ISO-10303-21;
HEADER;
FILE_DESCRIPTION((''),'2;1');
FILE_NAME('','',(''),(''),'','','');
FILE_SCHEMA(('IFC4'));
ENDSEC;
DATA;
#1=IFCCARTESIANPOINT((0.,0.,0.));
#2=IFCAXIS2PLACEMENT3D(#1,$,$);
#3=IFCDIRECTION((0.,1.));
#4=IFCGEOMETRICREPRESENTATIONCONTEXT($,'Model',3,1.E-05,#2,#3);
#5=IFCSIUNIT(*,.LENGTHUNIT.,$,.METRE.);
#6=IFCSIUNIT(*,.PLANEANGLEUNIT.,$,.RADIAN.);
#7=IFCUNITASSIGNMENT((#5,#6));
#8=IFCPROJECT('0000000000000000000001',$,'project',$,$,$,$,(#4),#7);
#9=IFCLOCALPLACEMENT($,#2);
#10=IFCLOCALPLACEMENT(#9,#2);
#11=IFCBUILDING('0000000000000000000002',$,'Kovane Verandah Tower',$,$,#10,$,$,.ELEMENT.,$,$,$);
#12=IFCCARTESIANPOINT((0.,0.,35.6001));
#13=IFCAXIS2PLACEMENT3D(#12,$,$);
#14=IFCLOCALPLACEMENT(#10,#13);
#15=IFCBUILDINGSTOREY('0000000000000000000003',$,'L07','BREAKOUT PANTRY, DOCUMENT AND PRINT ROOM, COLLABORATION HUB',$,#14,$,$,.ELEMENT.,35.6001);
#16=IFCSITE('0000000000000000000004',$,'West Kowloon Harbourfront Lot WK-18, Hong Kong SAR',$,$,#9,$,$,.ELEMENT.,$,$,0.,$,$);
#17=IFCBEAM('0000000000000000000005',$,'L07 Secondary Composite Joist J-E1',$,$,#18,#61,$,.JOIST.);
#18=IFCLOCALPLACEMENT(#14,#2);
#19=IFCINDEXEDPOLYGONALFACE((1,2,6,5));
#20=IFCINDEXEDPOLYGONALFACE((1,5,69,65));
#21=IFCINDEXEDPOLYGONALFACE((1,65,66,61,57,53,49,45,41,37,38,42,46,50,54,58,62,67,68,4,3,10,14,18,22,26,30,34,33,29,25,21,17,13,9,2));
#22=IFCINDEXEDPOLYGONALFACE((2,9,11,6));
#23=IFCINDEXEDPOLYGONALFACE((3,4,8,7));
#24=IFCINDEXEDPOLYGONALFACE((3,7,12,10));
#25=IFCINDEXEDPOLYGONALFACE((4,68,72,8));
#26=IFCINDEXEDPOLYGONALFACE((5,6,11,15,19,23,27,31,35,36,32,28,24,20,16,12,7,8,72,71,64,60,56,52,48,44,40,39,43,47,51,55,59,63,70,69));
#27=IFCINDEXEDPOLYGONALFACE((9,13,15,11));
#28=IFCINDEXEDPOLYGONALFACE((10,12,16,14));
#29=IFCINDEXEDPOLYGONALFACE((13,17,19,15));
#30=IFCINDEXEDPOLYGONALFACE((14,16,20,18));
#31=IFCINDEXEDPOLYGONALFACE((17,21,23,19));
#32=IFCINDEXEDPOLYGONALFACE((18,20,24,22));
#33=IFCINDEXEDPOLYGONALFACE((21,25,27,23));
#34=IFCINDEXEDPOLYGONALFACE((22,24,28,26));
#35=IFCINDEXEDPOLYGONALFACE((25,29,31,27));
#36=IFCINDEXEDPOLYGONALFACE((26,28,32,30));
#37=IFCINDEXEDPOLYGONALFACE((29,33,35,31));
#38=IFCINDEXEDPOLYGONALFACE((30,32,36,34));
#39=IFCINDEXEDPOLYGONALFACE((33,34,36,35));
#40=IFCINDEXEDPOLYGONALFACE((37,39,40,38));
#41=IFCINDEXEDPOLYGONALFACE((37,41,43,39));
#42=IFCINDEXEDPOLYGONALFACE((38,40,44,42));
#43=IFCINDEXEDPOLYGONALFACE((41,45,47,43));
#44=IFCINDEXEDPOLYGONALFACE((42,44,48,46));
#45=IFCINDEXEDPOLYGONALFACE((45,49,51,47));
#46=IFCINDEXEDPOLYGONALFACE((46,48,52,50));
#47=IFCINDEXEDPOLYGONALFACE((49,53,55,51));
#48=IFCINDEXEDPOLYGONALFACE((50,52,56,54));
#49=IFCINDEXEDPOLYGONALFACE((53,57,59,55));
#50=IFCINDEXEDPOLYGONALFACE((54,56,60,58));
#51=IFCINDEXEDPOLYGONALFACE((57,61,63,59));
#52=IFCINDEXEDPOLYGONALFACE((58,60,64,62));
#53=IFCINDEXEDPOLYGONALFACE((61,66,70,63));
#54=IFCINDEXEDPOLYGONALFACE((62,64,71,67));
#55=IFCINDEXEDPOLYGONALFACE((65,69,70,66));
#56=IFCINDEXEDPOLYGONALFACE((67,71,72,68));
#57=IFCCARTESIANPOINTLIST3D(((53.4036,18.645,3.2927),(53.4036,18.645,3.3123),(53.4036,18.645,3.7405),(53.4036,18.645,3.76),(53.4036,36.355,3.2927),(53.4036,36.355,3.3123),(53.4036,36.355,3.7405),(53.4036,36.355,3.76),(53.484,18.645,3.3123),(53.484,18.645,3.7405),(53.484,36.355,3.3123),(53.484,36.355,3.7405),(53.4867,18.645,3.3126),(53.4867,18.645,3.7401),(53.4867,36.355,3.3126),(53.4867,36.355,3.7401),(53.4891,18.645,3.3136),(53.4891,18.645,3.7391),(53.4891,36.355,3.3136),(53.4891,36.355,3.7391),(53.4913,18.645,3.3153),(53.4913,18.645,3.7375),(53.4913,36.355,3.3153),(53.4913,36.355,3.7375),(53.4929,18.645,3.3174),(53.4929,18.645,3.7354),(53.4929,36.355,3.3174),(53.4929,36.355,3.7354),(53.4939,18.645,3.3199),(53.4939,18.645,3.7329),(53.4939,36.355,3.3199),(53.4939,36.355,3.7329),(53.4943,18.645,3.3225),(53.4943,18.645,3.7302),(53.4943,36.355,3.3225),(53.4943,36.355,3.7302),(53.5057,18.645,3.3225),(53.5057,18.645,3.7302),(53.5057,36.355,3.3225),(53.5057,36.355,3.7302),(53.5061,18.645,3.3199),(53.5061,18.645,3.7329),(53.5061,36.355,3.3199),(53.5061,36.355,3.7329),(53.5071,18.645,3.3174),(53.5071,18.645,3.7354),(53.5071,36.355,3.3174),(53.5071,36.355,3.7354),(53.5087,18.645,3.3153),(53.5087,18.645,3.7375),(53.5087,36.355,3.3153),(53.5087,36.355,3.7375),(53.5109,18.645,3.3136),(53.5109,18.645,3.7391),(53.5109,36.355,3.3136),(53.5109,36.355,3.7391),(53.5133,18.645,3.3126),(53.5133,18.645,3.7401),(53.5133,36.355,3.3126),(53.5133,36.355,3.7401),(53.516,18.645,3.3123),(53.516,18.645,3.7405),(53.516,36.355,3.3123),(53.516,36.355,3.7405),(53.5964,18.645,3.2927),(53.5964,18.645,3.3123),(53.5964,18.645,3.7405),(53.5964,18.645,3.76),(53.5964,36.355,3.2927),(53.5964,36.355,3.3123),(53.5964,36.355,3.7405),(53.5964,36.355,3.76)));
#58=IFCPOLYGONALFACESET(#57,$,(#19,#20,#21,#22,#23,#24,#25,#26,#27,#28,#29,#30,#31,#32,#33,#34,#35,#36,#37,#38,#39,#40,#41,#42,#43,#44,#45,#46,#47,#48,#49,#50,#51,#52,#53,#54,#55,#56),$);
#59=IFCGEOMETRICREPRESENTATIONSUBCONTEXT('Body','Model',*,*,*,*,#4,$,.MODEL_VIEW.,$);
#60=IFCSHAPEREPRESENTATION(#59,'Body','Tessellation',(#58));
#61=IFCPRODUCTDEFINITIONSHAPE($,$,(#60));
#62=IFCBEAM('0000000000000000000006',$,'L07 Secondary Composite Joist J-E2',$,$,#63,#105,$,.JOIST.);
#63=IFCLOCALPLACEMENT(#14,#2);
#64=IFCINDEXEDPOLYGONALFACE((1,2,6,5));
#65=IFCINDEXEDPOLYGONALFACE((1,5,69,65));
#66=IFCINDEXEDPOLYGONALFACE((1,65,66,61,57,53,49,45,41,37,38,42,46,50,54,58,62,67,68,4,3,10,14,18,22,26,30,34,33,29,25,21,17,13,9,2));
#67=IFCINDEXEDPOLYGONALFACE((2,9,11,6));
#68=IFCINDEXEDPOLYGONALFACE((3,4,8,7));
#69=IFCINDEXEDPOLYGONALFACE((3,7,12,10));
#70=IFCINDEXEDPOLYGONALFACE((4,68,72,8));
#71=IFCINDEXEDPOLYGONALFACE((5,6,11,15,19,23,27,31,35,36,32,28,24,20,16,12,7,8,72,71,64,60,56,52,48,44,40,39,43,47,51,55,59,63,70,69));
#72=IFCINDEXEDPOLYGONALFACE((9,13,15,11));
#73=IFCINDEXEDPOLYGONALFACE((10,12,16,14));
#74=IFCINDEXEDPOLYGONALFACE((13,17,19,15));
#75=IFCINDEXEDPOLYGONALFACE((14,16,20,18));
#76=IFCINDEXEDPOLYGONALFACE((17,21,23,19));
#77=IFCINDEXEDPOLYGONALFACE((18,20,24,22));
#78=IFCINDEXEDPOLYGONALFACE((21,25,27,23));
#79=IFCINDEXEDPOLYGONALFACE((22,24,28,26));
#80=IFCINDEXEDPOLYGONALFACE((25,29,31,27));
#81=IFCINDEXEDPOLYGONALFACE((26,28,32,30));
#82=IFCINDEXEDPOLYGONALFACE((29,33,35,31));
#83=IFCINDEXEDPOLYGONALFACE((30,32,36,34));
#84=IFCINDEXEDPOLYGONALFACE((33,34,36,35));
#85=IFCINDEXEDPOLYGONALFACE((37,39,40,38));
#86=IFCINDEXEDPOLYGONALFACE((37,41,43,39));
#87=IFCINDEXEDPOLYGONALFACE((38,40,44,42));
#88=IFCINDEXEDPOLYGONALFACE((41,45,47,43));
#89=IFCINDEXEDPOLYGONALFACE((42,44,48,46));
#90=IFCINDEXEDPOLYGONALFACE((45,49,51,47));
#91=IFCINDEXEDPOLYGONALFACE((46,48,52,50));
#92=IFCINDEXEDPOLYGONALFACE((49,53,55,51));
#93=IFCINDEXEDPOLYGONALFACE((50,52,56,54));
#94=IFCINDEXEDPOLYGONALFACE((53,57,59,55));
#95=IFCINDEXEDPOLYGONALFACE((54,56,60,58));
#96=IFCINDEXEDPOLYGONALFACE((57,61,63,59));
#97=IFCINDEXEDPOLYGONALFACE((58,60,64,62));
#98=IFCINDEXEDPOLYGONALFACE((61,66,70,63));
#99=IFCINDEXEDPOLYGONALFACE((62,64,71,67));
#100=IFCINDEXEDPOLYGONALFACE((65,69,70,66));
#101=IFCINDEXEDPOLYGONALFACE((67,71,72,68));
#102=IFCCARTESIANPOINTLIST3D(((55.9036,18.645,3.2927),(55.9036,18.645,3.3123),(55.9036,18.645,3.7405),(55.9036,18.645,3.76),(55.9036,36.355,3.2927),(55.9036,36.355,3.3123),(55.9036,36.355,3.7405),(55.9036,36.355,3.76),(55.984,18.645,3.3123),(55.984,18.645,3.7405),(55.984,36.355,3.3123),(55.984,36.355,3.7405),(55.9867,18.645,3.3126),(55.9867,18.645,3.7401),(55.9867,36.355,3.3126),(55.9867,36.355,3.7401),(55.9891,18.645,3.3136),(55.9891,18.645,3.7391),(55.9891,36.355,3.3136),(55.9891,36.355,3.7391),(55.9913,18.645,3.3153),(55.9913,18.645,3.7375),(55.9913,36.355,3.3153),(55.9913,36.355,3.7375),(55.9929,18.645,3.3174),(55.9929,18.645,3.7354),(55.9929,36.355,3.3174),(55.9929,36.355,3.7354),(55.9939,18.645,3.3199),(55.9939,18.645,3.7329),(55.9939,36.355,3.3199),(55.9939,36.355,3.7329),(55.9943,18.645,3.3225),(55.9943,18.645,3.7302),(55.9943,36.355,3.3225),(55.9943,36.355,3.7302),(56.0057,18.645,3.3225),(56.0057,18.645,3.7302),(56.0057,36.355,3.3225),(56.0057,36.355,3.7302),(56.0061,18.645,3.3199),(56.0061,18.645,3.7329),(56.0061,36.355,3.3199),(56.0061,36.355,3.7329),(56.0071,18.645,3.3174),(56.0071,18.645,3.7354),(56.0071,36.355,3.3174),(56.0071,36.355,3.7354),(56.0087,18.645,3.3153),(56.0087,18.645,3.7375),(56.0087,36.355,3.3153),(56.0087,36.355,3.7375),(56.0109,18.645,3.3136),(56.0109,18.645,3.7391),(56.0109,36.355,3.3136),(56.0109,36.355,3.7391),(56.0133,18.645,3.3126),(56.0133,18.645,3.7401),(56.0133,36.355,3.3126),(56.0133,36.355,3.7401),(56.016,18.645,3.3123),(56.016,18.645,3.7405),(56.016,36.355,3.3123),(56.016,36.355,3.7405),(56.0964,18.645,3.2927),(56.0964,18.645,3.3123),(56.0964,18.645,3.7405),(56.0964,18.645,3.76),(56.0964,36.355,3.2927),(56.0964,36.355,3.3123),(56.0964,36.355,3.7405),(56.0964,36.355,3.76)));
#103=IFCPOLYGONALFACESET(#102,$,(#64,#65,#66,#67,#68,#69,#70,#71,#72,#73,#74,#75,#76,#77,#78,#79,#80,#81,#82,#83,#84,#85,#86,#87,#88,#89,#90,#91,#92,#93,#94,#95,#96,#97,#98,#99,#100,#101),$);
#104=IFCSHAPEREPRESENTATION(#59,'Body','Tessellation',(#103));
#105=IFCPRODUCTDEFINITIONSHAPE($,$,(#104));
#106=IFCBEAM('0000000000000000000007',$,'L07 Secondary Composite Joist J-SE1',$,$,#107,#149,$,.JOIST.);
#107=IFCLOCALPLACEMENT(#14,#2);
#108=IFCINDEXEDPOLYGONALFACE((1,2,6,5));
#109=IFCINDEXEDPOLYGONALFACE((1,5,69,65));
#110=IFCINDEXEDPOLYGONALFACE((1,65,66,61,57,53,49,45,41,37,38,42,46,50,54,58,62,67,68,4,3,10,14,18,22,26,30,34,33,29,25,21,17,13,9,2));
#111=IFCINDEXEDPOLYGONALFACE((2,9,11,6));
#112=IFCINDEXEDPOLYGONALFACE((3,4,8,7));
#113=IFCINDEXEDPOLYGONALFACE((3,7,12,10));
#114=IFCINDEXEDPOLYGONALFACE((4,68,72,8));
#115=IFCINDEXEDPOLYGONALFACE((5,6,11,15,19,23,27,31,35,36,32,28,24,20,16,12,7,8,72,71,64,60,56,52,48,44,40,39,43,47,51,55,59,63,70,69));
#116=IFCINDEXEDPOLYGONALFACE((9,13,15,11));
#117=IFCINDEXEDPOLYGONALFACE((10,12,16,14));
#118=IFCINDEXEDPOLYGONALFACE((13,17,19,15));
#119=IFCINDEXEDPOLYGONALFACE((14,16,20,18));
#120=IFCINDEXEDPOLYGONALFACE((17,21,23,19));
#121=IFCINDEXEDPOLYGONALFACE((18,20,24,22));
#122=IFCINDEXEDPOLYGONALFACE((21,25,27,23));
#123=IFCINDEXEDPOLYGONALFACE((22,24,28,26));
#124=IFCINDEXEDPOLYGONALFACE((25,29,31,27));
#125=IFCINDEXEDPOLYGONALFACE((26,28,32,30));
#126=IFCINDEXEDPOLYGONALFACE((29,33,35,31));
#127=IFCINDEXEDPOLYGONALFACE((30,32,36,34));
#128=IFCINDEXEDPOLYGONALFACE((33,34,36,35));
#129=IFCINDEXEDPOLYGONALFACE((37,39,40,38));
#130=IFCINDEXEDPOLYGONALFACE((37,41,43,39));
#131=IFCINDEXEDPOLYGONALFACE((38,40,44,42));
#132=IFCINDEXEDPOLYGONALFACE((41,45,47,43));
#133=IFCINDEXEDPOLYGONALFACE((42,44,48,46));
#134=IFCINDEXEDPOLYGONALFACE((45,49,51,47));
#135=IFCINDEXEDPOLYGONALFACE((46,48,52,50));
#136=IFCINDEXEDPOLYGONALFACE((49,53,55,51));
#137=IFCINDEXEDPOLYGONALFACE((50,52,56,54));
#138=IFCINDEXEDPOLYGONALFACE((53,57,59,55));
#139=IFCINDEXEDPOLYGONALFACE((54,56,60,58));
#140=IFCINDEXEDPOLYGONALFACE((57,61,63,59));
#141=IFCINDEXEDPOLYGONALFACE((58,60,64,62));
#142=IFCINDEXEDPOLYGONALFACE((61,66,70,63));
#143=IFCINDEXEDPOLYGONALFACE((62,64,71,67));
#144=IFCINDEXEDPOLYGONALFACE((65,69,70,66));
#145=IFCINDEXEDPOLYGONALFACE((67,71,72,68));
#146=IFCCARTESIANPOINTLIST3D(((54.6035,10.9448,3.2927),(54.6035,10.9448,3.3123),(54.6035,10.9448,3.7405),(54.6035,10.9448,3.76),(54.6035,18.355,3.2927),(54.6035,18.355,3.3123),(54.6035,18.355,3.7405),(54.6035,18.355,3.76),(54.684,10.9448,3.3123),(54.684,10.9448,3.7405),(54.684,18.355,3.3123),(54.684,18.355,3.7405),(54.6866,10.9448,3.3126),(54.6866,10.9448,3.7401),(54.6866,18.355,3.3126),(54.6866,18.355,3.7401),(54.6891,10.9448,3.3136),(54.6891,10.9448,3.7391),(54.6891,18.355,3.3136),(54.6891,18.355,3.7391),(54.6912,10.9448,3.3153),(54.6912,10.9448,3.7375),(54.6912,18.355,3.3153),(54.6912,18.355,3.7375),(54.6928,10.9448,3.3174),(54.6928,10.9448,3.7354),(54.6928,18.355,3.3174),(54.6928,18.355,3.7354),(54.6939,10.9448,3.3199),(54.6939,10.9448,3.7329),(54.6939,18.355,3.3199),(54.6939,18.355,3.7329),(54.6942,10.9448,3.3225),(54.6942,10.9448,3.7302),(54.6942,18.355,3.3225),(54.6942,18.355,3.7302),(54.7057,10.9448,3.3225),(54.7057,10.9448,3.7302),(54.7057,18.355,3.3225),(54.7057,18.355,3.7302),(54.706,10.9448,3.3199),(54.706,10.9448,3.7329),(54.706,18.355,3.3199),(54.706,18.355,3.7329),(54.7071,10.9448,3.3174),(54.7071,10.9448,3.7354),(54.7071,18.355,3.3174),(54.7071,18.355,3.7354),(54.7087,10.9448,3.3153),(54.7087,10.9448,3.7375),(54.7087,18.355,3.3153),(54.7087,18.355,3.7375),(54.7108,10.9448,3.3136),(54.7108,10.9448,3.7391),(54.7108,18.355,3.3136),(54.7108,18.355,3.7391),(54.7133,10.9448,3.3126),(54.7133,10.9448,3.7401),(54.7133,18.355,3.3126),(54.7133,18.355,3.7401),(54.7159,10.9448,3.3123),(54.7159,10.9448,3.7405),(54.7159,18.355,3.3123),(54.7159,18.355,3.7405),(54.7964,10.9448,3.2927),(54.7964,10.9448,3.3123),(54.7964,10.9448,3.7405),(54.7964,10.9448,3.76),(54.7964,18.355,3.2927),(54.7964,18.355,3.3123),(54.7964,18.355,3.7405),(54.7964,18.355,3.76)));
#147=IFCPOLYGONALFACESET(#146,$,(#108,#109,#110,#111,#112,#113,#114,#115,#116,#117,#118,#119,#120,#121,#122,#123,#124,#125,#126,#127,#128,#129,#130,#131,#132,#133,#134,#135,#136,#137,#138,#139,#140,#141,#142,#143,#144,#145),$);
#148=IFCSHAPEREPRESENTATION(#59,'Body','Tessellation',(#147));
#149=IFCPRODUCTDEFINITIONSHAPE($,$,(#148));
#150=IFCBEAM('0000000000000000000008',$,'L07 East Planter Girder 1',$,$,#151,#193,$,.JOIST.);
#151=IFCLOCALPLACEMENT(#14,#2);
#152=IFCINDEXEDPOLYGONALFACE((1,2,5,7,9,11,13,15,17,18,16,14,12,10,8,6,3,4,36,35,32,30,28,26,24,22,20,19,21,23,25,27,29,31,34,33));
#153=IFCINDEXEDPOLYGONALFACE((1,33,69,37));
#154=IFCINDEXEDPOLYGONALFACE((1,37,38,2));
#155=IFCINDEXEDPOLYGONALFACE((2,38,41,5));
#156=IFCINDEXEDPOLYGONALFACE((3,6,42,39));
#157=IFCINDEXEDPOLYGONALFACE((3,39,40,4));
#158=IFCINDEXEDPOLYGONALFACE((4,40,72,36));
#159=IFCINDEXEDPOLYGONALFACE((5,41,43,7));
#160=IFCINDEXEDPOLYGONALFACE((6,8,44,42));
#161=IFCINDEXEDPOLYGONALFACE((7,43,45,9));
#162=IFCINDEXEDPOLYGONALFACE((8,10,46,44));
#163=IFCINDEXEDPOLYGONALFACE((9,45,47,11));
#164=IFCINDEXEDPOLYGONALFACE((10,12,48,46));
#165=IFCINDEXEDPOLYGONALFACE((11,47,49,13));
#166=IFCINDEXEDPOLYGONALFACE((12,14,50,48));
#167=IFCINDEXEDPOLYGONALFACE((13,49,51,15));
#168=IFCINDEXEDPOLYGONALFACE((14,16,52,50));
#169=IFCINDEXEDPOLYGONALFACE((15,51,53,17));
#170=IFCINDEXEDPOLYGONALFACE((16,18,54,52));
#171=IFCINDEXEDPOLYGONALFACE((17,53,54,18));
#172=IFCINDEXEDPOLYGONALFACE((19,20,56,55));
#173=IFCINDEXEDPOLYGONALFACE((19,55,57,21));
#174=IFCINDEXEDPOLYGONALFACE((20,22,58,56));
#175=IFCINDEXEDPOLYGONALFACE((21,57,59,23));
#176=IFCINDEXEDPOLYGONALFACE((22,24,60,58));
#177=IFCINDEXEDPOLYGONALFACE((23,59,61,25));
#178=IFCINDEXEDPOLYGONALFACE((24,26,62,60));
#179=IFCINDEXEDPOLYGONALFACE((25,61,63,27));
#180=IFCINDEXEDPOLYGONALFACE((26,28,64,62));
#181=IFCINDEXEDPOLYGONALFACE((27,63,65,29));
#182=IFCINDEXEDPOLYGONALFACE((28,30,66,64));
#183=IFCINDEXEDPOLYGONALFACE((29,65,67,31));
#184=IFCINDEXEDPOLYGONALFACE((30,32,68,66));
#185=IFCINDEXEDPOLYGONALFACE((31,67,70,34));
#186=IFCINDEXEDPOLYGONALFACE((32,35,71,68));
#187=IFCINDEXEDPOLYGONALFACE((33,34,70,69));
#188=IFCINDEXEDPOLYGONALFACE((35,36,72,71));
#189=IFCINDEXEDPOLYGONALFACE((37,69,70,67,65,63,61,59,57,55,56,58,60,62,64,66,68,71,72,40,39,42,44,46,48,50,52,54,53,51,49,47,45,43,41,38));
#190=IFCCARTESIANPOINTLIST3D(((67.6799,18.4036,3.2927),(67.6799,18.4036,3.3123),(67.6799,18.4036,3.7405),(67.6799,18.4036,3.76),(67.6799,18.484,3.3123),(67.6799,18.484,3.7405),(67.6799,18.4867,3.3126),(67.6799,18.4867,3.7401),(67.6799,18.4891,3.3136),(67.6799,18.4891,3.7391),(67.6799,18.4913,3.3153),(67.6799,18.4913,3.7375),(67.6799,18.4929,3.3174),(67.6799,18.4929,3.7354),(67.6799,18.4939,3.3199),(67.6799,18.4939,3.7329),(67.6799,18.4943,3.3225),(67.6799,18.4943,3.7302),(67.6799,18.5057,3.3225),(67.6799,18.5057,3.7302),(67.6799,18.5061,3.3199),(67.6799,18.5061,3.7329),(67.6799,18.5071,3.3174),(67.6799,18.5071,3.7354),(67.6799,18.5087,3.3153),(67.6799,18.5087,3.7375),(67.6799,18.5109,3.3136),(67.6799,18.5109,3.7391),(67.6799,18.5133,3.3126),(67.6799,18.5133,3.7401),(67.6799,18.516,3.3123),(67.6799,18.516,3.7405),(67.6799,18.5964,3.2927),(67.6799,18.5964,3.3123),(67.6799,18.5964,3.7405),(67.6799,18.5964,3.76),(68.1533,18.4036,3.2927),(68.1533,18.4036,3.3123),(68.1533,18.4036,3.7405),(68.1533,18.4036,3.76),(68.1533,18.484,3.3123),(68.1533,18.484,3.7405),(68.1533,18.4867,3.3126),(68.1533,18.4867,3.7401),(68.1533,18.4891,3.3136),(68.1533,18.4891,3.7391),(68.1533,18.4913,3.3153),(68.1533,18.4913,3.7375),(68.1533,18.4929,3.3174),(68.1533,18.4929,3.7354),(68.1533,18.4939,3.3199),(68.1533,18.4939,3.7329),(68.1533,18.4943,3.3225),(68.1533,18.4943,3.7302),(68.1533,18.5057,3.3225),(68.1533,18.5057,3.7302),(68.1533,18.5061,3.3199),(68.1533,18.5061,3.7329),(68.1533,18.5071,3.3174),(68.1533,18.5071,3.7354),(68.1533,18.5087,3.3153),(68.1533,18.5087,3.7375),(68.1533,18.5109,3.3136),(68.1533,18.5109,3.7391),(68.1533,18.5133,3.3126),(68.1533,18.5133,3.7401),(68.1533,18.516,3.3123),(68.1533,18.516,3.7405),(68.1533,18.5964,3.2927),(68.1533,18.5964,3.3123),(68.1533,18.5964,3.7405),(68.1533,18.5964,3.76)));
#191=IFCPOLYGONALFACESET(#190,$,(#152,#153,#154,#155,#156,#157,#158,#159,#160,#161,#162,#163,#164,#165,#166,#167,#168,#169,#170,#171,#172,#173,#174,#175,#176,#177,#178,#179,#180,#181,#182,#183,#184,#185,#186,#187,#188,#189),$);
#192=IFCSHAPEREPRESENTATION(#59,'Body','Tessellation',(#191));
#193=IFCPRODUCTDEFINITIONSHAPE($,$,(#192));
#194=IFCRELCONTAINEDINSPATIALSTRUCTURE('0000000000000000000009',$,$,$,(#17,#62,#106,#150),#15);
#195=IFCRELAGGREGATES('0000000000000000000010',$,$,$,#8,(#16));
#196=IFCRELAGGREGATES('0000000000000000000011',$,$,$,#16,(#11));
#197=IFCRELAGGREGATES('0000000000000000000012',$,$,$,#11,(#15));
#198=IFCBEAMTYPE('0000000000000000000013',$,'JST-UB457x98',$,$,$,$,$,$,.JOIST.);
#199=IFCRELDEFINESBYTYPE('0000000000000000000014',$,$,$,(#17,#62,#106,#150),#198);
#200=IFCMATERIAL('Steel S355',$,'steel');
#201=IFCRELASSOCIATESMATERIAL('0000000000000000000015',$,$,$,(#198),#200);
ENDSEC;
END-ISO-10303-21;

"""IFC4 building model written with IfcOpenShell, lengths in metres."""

from ifc_helpers import new_model, si_unit, direction, frame, origin, origin_2d, place, context, subcontext, project, spatial, i_section, extrude, material, material_profile, profile_set, type_object, element, save


model = new_model("IFC4")

# Units and contexts
model_context = context("Model", 3, precision=1e-05, world=origin(), true_north=direction((0.0, 1.0)))
body_context = subcontext(model_context, "Body", "Model", "MODEL_VIEW")
ifc_project = project(units=[si_unit("LENGTHUNIT", "METRE"), si_unit("PLANEANGLEUNIT", "RADIAN")], contexts=[model_context])

# Site, building, storey
site_placement = place(None, origin())
site = spatial("IfcSite", under=ifc_project, at=site_placement, Name="West Kowloon Harbourfront Lot WK-18, Hong Kong SAR", CompositionType="ELEMENT", RefElevation=0.0)
building_placement = place(site_placement, origin())
building = spatial("IfcBuilding", under=site, at=building_placement, Name="Kovane Verandah Tower", CompositionType="ELEMENT")
storey_placement = place(building_placement, frame((0.0, 0.0, 35.6001)))
storey = spatial("IfcBuildingStorey", under=building, at=storey_placement, Name="L07", Description="BREAKOUT PANTRY, DOCUMENT AND PRINT ROOM, COLLABORATION HUB", CompositionType="ELEMENT", Elevation=35.6001)

# Beams
ifc_material_1 = material(Name="Steel S355", Category="steel")
ifc_material_profile_1 = material_profile(ifc_material_1, i_section(OverallWidth=0.1929, OverallDepth=0.4673, WebThickness=0.0115, FlangeThickness=0.0195, FilletRadius=0.0103, at=origin_2d()), Name="UB457x191x98")
ifc_profile_set_1 = profile_set([ifc_material_profile_1], Name="Steel S355")
beam_type_1 = type_object("IfcBeamType", Name="JST-UB457x98", PredefinedType="JOIST", material=ifc_profile_set_1)
for number, where, z_axis, x_axis, name in (
    (1, (53.5, 18.645, 3.5264), (0.0, 1.0, 0.0), (-1.0, 0.0, 0.0), "L07 Secondary Composite Joist J-E1"),
    (2, (56.0, 18.645, 3.5264), (0.0, 1.0, 0.0), (-1.0, 0.0, 0.0), "L07 Secondary Composite Joist J-E2"),
):
    element("IfcBeam", number, at=place(storey_placement, frame(where, z_axis=z_axis, x_axis=x_axis)), inside=storey, type_object=beam_type_1, Name=name, PredefinedType="JOIST", context=body_context, shape_type="SweptSolid", body=[
        extrude(i_section(OverallWidth=0.1929, OverallDepth=0.4673, WebThickness=0.0115, FlangeThickness=0.0195, FilletRadius=0.0103, at=origin_2d()), origin(), (0.0, 0.0, 1.0), 17.71),
    ])
beam_1_placement = place(storey_placement, frame((54.7, 10.9448, 3.5264), z_axis=(0.0, 1.0, 0.0), x_axis=(-1.0, 0.0, 0.0)))
element("IfcBeam", 3, at=beam_1_placement, inside=storey, type_object=beam_type_1, Name="L07 Secondary Composite Joist J-SE1", PredefinedType="JOIST", context=body_context, shape_type="SweptSolid", body=[
    extrude(i_section(OverallWidth=0.1929, OverallDepth=0.4673, WebThickness=0.0115, FlangeThickness=0.0195, FilletRadius=0.0103, at=origin_2d()), origin(), (0.0, 0.0, 1.0), 7.4102),
])
beam_2_placement = place(storey_placement, frame((67.6799, 18.5, 3.5264), z_axis=(1.0, 0.0, 0.0), x_axis=(0.0, 1.0, 0.0)))
element("IfcBeam", 4, at=beam_2_placement, inside=storey, type_object=beam_type_1, Name="L07 East Planter Girder 1", PredefinedType="JOIST", context=body_context, shape_type="SweptSolid", body=[
    extrude(i_section(OverallWidth=0.1929, OverallDepth=0.4673, WebThickness=0.0115, FlangeThickness=0.0195, FilletRadius=0.0103, at=origin_2d()), origin(), (0.0, 0.0, 1.0), 0.4734),
])

save(model, "model.ifc")
